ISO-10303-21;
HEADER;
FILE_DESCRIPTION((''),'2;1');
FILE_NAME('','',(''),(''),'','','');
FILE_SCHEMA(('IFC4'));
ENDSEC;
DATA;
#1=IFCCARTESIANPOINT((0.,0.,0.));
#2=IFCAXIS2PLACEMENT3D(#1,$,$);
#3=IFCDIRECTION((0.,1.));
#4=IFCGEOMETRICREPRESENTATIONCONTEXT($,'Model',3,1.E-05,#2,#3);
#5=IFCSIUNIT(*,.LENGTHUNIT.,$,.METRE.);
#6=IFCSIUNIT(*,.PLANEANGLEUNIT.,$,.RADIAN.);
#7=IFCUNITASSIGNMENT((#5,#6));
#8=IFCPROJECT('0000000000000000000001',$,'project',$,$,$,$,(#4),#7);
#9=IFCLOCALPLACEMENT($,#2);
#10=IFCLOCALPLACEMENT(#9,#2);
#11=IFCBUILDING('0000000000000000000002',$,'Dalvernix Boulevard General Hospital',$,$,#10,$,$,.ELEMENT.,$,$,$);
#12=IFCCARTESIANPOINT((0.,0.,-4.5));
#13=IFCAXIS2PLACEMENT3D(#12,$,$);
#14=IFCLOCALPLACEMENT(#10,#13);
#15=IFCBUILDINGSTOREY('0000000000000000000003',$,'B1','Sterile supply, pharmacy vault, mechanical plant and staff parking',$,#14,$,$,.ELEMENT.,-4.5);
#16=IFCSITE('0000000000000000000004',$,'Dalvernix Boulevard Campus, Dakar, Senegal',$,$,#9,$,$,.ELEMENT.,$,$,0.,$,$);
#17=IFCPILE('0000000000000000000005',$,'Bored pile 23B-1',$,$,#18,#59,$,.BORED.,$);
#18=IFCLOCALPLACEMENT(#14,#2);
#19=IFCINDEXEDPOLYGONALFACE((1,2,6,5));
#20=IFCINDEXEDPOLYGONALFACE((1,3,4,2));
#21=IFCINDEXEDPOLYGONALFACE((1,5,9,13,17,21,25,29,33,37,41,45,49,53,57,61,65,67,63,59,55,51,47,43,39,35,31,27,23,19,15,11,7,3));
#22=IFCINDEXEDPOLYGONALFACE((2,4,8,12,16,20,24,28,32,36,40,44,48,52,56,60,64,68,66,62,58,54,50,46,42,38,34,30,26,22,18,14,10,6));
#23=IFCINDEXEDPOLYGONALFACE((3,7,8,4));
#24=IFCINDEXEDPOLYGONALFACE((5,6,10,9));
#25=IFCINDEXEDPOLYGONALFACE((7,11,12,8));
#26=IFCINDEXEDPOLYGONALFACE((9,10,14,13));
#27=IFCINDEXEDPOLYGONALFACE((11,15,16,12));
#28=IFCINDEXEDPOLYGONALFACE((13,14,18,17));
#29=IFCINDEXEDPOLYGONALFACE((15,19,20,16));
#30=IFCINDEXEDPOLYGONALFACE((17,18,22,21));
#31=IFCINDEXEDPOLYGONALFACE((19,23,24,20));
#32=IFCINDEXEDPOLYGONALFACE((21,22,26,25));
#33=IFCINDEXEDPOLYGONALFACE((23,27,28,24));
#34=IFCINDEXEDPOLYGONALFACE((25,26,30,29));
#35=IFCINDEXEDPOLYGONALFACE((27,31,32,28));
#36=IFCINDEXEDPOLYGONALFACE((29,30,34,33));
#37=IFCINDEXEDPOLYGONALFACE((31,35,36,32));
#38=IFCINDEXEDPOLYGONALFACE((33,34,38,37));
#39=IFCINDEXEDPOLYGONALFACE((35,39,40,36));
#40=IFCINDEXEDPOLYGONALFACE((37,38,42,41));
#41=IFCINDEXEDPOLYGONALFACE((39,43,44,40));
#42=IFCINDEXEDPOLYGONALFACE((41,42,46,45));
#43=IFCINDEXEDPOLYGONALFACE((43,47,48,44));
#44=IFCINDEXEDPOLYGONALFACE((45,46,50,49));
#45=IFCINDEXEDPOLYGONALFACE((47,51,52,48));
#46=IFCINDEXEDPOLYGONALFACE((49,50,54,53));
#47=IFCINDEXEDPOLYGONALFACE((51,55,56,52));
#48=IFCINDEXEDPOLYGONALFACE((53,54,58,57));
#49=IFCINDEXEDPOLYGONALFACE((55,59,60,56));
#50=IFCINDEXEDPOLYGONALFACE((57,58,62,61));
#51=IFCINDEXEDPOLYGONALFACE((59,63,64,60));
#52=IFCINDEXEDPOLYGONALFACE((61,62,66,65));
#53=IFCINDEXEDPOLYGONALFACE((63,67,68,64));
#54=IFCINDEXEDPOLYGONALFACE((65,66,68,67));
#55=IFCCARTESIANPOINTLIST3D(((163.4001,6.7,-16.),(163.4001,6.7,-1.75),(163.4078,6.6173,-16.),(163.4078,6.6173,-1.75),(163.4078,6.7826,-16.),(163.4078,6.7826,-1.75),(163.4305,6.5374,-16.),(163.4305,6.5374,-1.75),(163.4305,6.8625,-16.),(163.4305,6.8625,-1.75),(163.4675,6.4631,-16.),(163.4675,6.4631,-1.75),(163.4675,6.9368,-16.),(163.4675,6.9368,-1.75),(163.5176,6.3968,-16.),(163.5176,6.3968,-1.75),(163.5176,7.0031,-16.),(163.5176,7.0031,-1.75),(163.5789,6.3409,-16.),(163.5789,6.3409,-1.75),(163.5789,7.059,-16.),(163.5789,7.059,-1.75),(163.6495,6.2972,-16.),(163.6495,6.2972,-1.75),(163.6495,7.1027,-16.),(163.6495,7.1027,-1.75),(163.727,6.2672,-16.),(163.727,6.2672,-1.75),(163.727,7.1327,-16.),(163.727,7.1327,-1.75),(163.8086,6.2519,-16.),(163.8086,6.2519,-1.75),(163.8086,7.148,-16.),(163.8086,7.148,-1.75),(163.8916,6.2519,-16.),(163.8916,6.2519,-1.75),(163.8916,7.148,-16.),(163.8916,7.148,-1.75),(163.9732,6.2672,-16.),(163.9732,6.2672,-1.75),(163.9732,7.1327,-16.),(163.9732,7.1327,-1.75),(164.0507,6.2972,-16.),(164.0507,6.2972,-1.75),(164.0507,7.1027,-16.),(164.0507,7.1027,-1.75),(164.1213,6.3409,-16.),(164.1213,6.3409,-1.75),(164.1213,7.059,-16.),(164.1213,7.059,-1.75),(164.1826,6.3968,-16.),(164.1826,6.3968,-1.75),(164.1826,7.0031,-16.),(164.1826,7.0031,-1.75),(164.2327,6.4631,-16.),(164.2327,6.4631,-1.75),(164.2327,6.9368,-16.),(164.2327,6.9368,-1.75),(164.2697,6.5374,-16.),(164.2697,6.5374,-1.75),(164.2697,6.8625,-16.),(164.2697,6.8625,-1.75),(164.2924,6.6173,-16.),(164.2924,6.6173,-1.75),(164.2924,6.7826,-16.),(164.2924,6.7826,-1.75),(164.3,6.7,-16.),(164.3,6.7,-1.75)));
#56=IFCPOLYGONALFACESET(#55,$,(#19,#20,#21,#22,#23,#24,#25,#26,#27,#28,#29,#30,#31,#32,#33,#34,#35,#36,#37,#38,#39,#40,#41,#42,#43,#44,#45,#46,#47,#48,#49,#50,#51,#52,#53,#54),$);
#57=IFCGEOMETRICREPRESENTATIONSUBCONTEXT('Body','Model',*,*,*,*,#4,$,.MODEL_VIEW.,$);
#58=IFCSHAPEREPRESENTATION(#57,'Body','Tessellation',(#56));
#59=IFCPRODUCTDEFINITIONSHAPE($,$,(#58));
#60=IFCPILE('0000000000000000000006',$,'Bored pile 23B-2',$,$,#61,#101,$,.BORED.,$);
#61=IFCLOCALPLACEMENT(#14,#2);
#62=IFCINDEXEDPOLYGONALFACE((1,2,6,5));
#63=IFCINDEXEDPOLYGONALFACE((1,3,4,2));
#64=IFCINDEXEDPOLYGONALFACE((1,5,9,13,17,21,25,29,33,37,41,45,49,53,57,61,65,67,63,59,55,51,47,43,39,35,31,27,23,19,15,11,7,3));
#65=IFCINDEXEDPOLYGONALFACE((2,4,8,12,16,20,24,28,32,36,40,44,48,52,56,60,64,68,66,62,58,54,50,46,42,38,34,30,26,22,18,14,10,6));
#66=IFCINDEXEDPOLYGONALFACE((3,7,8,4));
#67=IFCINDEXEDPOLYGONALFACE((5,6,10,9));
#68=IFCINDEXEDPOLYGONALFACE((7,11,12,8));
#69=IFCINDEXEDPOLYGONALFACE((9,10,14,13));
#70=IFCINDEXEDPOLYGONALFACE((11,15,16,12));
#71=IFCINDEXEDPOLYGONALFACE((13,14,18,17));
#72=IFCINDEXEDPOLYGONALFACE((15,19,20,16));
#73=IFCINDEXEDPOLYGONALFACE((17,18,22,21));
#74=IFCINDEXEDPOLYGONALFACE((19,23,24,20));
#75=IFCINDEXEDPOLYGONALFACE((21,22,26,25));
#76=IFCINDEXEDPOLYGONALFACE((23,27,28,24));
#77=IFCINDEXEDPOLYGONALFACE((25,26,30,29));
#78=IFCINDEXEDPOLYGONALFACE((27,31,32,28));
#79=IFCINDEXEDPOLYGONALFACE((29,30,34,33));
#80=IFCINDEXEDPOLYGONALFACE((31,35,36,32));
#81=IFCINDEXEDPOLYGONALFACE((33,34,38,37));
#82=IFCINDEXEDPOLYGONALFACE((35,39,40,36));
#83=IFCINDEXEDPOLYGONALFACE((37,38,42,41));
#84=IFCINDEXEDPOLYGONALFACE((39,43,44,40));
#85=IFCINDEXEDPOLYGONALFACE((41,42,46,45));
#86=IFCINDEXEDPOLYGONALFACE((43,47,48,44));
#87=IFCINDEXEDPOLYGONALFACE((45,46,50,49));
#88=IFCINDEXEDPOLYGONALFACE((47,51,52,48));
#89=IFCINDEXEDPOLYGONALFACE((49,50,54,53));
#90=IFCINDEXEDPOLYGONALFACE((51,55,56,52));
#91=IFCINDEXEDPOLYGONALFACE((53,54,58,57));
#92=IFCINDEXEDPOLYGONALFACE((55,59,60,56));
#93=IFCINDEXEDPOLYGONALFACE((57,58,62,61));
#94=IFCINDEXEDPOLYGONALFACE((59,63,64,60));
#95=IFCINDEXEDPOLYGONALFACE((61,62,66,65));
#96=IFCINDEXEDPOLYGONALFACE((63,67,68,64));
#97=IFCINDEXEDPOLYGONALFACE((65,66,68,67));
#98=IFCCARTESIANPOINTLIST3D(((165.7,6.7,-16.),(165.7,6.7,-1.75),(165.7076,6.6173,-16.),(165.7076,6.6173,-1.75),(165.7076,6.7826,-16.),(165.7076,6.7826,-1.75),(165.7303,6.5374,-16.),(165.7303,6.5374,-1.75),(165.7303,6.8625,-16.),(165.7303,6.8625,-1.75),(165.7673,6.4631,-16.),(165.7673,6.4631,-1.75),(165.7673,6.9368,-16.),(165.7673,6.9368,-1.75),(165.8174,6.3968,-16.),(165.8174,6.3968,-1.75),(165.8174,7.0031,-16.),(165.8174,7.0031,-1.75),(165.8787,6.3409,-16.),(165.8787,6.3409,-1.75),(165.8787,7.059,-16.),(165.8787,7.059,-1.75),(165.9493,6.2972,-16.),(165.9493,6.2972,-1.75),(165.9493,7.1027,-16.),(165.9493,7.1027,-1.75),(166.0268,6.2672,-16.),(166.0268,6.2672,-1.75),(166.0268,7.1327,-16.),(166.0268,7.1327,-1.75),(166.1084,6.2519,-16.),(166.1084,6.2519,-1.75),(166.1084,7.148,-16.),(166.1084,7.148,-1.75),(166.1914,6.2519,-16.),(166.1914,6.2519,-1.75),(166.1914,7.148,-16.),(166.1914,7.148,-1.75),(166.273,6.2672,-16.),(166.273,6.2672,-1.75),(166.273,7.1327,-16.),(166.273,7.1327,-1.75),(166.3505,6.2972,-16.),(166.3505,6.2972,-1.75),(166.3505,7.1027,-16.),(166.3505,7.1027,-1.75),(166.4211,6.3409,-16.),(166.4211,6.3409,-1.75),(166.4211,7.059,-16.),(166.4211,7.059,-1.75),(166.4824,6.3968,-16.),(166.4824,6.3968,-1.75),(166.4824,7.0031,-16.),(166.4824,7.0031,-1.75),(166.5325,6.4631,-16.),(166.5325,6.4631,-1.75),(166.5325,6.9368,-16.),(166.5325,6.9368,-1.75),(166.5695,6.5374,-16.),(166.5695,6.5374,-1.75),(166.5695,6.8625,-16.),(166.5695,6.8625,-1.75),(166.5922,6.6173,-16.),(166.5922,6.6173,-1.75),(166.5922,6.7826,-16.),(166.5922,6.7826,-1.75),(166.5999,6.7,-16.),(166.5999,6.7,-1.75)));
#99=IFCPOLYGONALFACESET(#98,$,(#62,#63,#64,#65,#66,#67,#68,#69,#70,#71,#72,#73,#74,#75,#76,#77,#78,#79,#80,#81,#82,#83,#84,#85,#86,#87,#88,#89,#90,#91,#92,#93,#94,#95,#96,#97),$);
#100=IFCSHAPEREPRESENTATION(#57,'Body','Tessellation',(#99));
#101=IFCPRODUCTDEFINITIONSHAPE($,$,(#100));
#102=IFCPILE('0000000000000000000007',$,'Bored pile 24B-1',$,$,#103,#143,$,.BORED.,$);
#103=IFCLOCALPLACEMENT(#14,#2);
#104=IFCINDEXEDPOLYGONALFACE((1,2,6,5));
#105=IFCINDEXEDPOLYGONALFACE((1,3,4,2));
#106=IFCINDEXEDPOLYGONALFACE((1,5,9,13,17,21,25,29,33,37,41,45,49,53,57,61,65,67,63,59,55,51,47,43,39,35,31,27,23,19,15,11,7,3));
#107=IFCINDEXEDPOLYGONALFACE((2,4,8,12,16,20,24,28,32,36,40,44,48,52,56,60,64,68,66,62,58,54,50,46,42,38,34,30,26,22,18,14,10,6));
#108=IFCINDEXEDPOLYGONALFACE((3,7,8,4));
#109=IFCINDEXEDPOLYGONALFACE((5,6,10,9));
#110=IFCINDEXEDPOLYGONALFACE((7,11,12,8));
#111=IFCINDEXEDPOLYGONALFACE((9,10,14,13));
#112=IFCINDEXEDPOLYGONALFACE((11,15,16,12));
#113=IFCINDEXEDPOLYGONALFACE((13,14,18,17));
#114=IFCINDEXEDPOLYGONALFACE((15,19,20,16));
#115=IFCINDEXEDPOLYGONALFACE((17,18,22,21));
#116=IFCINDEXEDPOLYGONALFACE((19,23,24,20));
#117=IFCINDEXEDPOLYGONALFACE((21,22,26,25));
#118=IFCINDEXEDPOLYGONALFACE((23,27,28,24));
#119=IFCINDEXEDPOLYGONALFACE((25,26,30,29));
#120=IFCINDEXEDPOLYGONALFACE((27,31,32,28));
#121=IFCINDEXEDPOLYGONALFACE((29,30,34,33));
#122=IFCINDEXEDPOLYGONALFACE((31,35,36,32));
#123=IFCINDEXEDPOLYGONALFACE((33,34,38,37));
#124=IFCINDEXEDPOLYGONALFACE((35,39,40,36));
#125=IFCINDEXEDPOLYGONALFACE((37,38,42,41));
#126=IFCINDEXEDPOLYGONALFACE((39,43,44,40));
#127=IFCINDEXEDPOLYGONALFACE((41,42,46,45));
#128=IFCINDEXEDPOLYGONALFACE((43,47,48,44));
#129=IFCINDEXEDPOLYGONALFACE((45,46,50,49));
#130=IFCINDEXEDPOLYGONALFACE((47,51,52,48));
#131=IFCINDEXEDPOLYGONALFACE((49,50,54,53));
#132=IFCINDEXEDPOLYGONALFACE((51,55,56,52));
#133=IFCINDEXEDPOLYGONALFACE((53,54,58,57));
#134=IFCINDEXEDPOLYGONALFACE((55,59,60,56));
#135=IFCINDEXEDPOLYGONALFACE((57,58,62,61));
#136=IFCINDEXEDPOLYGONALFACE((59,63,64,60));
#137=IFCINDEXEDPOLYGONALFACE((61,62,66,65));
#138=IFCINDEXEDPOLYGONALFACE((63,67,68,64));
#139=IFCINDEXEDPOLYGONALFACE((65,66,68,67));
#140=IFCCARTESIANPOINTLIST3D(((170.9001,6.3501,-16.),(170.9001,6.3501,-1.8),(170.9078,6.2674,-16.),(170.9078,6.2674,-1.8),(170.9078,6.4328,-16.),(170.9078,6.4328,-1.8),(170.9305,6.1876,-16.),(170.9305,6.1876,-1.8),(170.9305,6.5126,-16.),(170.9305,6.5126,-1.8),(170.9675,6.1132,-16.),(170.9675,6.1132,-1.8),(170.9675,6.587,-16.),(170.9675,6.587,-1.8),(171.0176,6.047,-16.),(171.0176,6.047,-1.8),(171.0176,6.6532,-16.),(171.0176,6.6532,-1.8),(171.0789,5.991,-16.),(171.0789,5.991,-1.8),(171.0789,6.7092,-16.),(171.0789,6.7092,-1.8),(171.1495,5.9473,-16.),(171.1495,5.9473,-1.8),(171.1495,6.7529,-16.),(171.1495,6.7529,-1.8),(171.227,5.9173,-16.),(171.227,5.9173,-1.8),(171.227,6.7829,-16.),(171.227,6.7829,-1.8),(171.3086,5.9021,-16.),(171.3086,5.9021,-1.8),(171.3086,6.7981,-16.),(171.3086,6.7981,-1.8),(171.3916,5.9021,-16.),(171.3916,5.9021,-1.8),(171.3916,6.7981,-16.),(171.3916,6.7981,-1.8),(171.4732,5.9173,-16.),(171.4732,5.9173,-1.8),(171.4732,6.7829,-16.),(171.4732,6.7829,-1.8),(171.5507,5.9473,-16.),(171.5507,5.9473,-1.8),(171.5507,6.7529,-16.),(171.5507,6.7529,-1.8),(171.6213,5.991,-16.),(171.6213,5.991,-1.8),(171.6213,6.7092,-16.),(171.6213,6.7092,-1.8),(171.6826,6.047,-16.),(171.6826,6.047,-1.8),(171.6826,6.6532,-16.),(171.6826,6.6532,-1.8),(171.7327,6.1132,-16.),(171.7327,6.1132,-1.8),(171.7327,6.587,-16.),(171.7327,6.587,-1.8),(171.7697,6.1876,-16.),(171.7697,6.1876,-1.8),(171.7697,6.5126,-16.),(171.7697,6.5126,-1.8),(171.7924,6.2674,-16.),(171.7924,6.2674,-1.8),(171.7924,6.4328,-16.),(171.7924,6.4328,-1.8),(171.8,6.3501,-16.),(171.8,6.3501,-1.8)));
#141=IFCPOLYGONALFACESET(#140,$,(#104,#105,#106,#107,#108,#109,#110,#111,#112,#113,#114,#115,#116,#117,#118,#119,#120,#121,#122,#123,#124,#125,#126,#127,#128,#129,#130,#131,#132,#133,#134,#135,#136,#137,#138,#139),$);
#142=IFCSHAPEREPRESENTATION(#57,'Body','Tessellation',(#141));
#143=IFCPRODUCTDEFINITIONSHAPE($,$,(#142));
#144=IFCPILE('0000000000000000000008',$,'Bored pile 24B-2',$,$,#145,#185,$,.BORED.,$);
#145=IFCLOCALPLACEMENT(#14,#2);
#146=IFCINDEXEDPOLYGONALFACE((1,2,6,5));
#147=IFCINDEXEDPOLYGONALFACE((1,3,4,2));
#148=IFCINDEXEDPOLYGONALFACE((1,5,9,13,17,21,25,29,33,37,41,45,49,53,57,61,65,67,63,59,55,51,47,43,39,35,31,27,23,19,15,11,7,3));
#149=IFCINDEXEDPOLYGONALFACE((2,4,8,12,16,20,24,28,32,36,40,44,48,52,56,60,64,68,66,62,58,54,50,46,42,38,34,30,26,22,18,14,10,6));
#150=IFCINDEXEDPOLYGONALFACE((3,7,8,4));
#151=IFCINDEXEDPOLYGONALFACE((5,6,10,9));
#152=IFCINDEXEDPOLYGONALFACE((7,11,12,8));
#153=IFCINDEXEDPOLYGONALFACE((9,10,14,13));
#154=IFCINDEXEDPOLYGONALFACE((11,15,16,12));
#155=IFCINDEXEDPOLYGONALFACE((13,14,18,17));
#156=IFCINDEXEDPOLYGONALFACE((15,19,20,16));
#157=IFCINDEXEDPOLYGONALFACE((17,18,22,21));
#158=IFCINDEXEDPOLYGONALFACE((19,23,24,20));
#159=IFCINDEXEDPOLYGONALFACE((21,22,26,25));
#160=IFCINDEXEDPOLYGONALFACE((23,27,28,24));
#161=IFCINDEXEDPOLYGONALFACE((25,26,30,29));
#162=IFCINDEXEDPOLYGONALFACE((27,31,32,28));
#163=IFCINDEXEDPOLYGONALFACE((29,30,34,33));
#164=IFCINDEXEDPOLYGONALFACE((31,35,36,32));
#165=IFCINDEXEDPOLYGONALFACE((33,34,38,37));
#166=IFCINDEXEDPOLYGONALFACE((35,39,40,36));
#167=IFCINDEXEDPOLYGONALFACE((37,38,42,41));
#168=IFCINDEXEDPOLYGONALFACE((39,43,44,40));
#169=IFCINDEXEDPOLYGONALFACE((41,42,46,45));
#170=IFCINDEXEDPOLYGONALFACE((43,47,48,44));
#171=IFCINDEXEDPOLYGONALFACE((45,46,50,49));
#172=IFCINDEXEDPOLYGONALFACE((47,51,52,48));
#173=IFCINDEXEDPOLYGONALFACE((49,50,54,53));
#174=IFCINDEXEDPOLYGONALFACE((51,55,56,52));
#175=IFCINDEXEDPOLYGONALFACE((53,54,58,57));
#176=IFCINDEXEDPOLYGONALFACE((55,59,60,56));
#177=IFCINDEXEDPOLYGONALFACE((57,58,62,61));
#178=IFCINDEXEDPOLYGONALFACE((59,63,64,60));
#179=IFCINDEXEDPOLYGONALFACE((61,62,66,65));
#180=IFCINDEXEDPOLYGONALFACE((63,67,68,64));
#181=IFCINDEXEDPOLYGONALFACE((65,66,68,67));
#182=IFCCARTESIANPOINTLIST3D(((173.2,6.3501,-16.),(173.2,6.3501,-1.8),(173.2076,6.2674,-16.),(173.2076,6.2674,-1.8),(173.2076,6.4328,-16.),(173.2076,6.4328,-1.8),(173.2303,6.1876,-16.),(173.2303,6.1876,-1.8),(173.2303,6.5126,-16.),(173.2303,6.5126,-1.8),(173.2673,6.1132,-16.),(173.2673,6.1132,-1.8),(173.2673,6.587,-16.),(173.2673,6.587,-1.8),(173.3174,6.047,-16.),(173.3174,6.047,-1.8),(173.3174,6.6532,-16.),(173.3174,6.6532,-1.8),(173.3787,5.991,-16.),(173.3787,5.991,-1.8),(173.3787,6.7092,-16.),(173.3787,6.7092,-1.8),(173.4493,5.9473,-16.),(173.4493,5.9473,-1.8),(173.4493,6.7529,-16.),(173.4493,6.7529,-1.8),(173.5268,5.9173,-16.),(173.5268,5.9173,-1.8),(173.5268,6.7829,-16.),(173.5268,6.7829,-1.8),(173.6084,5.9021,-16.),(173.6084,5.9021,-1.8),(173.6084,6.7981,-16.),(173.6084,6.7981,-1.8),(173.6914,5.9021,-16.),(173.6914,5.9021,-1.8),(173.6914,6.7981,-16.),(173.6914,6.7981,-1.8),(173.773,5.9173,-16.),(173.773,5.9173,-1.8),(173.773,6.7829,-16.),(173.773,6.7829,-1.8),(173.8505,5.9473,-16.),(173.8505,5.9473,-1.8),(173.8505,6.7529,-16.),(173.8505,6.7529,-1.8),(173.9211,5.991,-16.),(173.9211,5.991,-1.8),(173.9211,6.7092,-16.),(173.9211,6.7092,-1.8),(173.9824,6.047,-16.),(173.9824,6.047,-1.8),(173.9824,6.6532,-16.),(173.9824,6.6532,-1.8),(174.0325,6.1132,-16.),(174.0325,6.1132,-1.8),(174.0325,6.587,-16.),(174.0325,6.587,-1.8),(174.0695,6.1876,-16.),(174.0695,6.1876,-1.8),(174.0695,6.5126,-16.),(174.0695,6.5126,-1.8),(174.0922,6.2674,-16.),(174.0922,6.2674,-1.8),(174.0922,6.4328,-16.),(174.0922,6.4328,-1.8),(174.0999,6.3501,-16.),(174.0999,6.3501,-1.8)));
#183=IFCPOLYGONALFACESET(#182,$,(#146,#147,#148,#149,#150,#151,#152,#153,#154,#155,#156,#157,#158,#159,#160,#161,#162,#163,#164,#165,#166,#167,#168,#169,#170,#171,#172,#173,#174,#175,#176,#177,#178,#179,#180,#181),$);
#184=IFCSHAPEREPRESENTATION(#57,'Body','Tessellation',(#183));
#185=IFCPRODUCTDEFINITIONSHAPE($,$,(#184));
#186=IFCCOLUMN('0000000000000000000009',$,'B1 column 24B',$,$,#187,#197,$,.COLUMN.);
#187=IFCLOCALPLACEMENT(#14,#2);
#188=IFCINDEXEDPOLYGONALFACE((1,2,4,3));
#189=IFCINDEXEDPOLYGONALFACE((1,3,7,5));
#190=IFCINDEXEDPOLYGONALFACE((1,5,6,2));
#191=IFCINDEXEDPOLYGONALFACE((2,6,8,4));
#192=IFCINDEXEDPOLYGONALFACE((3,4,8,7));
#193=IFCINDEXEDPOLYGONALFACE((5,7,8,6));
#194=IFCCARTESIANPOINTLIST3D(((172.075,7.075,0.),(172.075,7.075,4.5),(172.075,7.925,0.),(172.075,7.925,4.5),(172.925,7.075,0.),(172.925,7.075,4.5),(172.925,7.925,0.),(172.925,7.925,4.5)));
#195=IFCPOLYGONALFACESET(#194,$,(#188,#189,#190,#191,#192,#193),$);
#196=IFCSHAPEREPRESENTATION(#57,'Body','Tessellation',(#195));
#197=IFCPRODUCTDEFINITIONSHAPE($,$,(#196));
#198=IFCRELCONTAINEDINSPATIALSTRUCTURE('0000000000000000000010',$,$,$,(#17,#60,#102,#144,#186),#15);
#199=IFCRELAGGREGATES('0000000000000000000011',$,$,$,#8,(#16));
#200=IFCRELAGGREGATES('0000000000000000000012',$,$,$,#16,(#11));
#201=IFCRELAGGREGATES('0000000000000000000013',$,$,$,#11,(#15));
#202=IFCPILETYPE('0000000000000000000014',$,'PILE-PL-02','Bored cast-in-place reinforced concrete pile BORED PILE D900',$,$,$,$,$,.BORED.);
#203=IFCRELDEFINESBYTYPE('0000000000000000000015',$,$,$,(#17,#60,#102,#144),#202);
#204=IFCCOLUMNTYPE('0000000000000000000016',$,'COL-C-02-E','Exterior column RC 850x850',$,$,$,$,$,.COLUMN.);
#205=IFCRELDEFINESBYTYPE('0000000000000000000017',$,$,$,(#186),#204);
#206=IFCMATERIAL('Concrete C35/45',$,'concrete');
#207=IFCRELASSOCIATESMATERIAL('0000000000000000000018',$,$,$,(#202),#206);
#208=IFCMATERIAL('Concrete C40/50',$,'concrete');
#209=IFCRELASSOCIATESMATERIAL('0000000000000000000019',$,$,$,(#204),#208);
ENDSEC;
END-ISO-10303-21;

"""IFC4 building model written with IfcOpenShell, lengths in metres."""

from ifc_helpers import new_model, si_unit, direction, frame, origin, origin_2d, place, context, subcontext, project, spatial, rectangle, circle, extrude, material, material_profile, profile_set, type_object, element, save


model = new_model("IFC4")

# Units and contexts
model_context = context("Model", 3, precision=1e-05, world=origin(), true_north=direction((0.0, 1.0)))
body_context = subcontext(model_context, "Body", "Model", "MODEL_VIEW")
ifc_project = project(units=[si_unit("LENGTHUNIT", "METRE"), si_unit("PLANEANGLEUNIT", "RADIAN")], contexts=[model_context])

# Site, building, storey
site_placement = place(None, origin())
site = spatial("IfcSite", under=ifc_project, at=site_placement, Name="Dalvernix Boulevard Campus, Dakar, Senegal", CompositionType="ELEMENT", RefElevation=0.0)
building_placement = place(site_placement, origin())
building = spatial("IfcBuilding", under=site, at=building_placement, Name="Dalvernix Boulevard General Hospital", CompositionType="ELEMENT")
storey_placement = place(building_placement, frame((0.0, 0.0, -4.5)))
storey = spatial("IfcBuildingStorey", under=building, at=storey_placement, Name="B1", Description="Sterile supply, pharmacy vault, mechanical plant and staff parking", CompositionType="ELEMENT", Elevation=-4.5)

# Shared definitions
ifc_material_1 = material(Name="Concrete C35/45", Category="concrete")
ifc_material_2 = material(Name="Concrete C40/50", Category="concrete")

# Piles
ifc_material_profile_1 = material_profile(ifc_material_1, circle(Radius=0.45, at=origin_2d()), Name="BORED PILE D900")
ifc_profile_set_1 = profile_set([ifc_material_profile_1], Name="Concrete C35/45")
pile_type_1 = type_object("IfcPileType", Name="PILE-PL-02", Description="Bored cast-in-place reinforced concrete pile BORED PILE D900", PredefinedType="BORED", material=ifc_profile_set_1)
for number, where, z_axis, x_axis, name in (
    (1, (163.8501, 6.7, -1.75), (0.0, 0.0, -1.0), (1.0, 0.0, 0.0), "Bored pile 23B-1"),
    (2, (166.1499, 6.7, -1.75), (0.0, 0.0, -1.0), (1.0, 0.0, 0.0), "Bored pile 23B-2"),
):
    element("IfcPile", number, at=place(storey_placement, frame(where, z_axis=z_axis, x_axis=x_axis)), inside=storey, type_object=pile_type_1, Name=name, PredefinedType="BORED", context=body_context, shape_type="SweptSolid", body=[
        extrude(circle(Radius=0.45, at=origin_2d()), origin(), (0.0, 0.0, 1.0), 14.25),
    ])
for number, where, z_axis, x_axis, name in (
    (3, (171.3501, 6.3501, -1.8), (0.0, 0.0, -1.0), (1.0, 0.0, 0.0), "Bored pile 24B-1"),
    (4, (173.6499, 6.3501, -1.8), (0.0, 0.0, -1.0), (1.0, 0.0, 0.0), "Bored pile 24B-2"),
):
    element("IfcPile", number, at=place(storey_placement, frame(where, z_axis=z_axis, x_axis=x_axis)), inside=storey, type_object=pile_type_1, Name=name, PredefinedType="BORED", context=body_context, shape_type="SweptSolid", body=[
        extrude(circle(Radius=0.45, at=origin_2d()), origin(), (0.0, 0.0, 1.0), 14.2),
    ])

# Column
ifc_material_profile_2 = material_profile(ifc_material_2, rectangle(XDim=0.8501, YDim=0.8501, at=origin_2d()), Name="RC 850x850")
ifc_profile_set_2 = profile_set([ifc_material_profile_2], Name="Concrete C40/50")
column_type_1 = type_object("IfcColumnType", Name="COL-C-02-E", Description="Exterior column RC 850x850", PredefinedType="COLUMN", material=ifc_profile_set_2)
column_1_placement = place(storey_placement, frame((172.5, 7.5, 0.0), z_axis=(0.0, 0.0, 1.0), x_axis=(1.0, 0.0, 0.0)))
element("IfcColumn", 5, at=column_1_placement, inside=storey, type_object=column_type_1, Name="B1 column 24B", PredefinedType="COLUMN", context=body_context, shape_type="SweptSolid", body=[
    extrude(rectangle(XDim=0.8501, YDim=0.8501, at=origin_2d()), origin(), (0.0, 0.0, 1.0), 4.5),
])

save(model, "model.ifc")
